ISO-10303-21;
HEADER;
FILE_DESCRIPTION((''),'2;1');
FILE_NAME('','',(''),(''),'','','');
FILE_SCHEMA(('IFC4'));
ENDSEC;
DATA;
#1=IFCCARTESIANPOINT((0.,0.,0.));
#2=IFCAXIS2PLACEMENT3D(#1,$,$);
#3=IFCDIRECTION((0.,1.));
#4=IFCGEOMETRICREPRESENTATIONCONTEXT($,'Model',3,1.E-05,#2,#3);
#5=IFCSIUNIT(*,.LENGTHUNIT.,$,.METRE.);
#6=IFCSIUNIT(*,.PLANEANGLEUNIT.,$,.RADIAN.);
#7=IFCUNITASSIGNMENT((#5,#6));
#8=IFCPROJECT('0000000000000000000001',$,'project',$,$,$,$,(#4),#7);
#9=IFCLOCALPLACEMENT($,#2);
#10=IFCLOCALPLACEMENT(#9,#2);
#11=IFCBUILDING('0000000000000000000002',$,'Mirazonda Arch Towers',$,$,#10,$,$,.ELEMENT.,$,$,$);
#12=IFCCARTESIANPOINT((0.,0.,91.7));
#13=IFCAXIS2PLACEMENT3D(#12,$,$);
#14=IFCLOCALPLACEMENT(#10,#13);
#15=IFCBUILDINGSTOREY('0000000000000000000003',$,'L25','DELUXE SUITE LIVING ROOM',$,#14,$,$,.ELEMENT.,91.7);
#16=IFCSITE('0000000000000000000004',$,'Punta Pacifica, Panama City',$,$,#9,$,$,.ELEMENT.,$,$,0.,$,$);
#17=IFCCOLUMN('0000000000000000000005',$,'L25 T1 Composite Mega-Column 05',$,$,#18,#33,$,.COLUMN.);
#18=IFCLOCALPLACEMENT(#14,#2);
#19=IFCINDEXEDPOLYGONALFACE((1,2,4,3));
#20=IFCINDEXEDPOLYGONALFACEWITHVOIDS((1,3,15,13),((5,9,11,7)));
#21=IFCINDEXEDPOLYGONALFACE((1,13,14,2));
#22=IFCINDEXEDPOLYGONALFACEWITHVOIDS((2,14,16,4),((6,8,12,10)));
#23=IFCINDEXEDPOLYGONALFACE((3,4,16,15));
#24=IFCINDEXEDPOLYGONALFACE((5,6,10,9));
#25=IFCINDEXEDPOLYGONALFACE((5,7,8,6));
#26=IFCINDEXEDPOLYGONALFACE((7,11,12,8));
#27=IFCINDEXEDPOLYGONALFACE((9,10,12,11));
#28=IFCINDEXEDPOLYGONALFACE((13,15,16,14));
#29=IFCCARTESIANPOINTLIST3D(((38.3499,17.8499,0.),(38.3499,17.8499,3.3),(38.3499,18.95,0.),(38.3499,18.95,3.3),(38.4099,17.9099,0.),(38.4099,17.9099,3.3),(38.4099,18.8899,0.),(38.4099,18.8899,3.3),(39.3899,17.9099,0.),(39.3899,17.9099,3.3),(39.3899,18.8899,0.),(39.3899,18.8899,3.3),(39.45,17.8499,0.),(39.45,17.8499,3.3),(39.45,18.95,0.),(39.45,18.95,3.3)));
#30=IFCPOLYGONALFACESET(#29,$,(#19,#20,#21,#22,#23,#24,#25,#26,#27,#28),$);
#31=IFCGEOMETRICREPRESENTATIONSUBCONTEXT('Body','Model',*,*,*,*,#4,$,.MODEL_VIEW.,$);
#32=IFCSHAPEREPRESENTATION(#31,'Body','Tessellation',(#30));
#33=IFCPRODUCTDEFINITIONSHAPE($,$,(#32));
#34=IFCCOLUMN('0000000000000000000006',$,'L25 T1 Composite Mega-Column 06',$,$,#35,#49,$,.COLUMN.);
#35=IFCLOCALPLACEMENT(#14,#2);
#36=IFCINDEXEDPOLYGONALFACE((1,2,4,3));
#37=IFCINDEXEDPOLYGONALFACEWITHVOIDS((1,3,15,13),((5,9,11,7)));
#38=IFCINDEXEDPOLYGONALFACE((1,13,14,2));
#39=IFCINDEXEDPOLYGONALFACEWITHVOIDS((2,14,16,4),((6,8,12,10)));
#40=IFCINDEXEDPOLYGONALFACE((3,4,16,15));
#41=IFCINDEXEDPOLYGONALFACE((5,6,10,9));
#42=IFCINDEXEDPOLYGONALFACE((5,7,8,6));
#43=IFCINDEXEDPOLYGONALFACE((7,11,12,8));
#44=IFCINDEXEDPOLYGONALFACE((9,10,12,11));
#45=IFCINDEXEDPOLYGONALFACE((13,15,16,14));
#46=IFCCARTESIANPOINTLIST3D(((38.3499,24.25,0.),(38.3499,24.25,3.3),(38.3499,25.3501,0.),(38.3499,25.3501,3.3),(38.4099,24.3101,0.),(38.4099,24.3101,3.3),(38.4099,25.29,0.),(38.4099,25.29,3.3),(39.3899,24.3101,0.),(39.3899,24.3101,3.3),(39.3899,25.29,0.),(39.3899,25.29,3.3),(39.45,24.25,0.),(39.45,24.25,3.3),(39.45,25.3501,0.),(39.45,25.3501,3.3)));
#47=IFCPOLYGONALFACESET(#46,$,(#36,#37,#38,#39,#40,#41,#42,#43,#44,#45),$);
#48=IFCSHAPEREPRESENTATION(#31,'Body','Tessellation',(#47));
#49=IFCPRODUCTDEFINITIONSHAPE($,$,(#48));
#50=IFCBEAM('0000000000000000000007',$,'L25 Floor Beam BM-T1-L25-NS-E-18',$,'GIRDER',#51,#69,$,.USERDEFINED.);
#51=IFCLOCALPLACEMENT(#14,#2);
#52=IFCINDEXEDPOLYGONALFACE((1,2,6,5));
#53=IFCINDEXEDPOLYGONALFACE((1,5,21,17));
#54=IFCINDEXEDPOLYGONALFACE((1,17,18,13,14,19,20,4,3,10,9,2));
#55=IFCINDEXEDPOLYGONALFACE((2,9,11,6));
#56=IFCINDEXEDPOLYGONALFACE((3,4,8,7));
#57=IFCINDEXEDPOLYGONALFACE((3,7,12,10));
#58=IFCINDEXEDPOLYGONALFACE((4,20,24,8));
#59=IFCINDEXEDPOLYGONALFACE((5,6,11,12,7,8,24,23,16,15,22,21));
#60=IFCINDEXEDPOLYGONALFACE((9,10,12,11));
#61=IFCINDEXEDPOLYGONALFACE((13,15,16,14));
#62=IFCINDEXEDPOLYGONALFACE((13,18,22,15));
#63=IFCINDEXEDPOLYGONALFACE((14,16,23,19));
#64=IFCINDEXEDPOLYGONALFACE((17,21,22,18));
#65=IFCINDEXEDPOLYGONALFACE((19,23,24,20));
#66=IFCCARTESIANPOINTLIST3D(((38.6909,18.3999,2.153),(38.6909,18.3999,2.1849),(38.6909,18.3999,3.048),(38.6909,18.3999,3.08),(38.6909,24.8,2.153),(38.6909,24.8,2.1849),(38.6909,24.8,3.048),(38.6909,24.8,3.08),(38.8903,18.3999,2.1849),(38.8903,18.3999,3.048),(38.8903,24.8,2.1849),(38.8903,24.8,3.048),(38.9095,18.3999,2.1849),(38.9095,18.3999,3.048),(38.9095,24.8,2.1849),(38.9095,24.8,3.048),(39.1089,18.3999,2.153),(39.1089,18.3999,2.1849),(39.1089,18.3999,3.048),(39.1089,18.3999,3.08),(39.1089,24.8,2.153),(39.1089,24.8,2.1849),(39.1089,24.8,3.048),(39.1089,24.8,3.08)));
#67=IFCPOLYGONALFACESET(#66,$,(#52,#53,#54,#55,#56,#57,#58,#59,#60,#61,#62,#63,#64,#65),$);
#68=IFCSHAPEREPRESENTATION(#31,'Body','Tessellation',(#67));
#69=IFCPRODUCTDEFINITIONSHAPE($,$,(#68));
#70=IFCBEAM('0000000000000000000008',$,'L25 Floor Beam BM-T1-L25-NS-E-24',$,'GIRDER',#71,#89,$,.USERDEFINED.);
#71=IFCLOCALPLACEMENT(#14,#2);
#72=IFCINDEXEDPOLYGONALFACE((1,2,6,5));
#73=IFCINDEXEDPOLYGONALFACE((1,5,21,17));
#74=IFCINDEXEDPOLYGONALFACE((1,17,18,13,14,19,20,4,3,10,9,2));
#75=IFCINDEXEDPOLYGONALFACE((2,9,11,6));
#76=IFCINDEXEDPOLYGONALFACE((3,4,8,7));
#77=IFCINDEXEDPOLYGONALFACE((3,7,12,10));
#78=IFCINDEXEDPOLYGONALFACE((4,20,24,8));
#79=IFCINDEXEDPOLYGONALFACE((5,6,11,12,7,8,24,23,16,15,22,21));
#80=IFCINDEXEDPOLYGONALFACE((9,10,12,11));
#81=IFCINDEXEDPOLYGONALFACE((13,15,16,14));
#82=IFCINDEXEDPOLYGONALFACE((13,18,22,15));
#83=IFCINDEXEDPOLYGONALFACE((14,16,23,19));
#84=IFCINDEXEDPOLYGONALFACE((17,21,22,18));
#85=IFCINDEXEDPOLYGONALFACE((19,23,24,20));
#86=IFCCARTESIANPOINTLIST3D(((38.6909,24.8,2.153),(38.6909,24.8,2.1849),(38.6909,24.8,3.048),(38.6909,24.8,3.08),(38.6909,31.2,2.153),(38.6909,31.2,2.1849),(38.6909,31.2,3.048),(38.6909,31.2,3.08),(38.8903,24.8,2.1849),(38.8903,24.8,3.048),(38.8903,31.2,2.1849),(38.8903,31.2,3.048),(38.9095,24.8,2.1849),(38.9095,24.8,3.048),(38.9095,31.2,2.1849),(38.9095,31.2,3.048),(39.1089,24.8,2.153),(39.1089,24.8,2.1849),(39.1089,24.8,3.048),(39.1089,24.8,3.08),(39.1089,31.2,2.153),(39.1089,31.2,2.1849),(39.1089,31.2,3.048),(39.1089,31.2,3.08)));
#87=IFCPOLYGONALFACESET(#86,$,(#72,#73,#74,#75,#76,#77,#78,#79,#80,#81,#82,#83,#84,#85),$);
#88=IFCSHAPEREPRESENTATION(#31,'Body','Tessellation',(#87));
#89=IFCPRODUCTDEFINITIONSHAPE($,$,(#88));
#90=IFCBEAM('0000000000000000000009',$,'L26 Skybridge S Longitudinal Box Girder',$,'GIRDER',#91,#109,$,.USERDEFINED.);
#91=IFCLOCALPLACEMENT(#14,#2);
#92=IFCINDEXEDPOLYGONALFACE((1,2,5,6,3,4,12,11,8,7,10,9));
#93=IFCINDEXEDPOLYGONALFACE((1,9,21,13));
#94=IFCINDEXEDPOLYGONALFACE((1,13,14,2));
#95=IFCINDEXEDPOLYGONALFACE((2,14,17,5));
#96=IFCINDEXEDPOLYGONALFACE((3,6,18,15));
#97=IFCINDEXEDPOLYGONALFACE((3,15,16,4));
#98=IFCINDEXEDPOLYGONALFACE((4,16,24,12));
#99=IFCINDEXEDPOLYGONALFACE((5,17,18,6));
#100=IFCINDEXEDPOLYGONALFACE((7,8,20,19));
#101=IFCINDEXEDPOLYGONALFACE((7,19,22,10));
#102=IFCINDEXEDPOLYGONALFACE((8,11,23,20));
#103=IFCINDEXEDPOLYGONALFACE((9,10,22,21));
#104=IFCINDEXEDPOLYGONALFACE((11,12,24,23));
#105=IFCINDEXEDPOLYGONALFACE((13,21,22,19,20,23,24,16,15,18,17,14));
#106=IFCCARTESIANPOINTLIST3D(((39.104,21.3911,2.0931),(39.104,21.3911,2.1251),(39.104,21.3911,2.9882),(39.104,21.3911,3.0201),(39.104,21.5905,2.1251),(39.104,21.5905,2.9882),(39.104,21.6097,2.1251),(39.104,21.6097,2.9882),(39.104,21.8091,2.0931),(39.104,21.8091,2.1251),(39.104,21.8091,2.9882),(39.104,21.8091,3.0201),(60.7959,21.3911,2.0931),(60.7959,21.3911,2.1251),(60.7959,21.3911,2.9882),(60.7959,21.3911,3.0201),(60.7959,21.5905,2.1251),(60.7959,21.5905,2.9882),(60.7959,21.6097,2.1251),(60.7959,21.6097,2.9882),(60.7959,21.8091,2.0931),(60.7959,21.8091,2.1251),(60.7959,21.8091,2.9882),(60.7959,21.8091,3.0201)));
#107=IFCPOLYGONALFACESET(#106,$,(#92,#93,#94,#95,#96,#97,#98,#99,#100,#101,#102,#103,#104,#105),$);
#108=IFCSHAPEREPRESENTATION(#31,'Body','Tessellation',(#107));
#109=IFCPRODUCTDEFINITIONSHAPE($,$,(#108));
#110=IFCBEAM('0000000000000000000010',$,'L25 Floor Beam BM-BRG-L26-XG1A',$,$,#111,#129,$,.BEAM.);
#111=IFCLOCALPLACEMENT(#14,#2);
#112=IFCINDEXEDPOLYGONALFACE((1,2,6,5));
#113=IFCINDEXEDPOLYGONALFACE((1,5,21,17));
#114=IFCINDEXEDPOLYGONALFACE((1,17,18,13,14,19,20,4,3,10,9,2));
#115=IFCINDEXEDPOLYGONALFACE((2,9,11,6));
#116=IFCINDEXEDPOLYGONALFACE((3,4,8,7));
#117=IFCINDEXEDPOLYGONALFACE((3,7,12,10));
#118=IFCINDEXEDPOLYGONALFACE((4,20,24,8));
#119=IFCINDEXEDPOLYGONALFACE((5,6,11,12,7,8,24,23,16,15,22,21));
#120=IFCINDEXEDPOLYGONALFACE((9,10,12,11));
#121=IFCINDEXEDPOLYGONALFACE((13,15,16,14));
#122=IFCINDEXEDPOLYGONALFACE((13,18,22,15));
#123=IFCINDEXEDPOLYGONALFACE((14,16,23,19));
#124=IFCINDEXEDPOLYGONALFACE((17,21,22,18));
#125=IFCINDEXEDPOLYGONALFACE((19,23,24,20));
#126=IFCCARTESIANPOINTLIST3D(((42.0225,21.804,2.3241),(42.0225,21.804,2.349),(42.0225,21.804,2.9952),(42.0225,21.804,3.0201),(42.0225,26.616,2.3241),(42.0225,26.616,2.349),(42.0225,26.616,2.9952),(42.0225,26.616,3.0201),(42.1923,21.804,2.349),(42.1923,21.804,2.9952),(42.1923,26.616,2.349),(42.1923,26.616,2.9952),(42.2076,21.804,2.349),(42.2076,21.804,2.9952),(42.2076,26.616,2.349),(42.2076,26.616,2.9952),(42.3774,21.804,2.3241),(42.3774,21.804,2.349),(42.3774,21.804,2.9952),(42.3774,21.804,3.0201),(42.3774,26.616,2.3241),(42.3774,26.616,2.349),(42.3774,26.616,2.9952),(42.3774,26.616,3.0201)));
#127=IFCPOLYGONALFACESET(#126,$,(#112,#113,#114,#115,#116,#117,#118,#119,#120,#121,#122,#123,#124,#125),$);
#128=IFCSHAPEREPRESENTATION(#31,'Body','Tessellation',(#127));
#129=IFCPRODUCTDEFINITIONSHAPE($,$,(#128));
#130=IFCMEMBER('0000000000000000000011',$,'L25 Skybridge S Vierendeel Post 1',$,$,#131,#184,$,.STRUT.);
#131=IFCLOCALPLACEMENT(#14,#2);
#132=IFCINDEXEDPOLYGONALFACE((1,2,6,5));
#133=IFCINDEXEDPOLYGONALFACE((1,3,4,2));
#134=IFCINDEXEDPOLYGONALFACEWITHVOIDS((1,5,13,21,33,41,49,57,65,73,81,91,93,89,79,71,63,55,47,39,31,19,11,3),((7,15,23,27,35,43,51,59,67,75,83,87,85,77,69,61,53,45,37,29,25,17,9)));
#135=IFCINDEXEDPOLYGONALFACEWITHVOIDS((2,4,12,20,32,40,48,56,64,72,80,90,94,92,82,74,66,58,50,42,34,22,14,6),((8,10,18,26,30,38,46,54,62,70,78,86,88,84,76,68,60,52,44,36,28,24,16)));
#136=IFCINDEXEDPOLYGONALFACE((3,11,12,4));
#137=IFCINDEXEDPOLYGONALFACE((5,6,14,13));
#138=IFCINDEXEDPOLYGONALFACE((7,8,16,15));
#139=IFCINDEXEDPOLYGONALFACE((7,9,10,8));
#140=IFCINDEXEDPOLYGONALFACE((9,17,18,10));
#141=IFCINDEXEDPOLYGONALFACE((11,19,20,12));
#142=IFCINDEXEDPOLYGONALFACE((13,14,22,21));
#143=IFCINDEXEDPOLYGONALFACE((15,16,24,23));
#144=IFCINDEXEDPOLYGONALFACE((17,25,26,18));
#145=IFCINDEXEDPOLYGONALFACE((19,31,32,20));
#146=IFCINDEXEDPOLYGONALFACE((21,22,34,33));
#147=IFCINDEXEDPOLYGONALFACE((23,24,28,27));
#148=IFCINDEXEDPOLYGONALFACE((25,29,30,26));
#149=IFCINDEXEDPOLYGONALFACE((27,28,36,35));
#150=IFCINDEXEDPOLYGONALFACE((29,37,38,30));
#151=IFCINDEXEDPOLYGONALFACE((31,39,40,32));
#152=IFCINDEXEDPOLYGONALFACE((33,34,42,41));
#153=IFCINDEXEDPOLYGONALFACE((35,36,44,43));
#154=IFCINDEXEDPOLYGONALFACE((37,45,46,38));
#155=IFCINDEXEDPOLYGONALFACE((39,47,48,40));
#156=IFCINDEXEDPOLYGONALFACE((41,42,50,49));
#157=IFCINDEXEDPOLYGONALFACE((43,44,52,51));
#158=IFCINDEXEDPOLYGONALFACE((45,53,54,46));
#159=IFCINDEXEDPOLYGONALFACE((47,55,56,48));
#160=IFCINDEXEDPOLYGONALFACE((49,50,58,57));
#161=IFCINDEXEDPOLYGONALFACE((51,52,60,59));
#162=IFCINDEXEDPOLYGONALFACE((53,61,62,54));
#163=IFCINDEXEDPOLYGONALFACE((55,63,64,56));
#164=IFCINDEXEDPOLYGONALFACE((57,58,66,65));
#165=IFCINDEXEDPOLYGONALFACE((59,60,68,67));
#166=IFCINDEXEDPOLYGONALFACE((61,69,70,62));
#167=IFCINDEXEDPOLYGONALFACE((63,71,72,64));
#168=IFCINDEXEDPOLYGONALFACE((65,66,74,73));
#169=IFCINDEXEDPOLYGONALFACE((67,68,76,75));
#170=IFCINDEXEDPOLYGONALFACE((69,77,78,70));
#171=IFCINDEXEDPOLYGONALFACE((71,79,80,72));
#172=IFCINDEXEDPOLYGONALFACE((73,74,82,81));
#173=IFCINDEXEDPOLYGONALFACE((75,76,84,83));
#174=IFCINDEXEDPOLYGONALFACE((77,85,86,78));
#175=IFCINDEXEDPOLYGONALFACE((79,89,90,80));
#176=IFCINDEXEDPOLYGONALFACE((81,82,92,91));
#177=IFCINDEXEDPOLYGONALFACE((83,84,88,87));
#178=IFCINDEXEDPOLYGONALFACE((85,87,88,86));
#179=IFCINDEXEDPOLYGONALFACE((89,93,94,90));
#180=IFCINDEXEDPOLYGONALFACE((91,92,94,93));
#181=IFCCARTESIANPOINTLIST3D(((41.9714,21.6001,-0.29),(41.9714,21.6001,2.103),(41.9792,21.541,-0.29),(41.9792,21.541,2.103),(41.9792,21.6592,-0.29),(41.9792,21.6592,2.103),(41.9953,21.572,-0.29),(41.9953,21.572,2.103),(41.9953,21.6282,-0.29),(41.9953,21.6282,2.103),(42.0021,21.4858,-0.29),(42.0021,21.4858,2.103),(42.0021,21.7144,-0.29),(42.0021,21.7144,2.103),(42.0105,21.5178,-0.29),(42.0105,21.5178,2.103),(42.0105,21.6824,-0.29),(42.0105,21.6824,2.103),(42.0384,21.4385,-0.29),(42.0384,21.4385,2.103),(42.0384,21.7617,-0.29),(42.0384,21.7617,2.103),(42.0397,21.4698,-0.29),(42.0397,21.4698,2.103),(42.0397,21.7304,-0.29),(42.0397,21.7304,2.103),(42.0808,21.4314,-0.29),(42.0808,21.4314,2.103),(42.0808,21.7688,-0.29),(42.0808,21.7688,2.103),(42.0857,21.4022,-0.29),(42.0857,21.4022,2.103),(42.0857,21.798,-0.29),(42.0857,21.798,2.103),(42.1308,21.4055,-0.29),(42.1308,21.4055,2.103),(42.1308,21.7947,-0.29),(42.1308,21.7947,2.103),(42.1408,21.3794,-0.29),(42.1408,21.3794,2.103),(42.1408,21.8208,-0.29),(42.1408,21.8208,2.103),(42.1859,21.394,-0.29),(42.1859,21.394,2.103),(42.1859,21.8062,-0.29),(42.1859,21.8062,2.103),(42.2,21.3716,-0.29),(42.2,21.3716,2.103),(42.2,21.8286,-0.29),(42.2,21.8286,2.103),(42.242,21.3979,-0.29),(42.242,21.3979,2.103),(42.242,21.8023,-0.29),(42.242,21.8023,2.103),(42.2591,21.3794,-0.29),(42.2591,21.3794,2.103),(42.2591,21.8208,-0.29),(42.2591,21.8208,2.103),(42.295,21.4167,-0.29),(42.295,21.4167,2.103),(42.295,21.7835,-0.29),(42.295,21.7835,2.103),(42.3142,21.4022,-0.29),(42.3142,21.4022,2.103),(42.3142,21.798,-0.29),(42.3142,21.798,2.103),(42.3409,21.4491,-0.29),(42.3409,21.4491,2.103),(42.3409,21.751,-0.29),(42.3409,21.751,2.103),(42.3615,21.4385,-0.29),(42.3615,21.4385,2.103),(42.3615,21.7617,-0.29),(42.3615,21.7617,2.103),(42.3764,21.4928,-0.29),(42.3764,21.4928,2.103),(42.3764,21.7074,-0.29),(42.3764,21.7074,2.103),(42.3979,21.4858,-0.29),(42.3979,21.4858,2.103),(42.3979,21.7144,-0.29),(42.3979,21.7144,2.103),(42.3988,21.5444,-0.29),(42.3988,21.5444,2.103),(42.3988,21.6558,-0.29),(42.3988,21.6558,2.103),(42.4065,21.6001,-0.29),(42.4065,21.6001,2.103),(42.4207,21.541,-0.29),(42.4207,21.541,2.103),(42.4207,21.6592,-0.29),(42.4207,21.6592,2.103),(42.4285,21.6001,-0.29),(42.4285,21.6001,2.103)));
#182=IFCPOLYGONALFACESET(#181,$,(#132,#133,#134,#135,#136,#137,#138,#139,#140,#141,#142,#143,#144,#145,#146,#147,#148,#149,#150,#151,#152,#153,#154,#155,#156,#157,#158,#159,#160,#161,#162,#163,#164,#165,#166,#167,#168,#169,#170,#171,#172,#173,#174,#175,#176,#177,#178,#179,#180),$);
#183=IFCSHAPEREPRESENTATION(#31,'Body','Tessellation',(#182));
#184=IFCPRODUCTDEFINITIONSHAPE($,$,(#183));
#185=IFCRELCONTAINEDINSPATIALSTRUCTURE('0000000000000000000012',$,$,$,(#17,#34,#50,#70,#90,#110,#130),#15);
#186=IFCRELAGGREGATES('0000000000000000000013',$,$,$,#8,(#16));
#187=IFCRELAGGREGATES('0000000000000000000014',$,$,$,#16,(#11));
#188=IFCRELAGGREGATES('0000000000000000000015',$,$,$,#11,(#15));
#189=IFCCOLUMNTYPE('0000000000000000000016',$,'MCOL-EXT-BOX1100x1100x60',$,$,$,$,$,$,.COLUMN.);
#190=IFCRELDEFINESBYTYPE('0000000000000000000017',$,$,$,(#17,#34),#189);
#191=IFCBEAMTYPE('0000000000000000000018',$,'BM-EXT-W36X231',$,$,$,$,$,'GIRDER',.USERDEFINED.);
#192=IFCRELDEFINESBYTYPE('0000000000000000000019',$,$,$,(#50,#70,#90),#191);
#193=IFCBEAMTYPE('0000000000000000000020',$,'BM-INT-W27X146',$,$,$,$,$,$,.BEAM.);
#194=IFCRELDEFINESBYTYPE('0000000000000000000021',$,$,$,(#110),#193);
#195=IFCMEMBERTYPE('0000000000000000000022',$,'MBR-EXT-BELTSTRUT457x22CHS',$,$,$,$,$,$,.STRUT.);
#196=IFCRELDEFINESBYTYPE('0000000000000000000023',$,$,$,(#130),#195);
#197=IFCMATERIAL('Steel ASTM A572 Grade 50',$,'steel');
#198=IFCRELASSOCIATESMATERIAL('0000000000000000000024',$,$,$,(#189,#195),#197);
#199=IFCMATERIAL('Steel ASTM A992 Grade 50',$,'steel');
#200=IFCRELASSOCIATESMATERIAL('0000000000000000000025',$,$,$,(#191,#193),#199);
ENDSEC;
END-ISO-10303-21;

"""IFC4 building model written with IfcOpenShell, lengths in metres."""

from ifc_helpers import new_model, si_unit, direction, frame, origin, origin_2d, place, context, subcontext, project, spatial, hollow_rectangle, hollow_circle, i_section, extrude, material, material_profile, profile_set, type_object, element, save


model = new_model("IFC4")

# Units and contexts
model_context = context("Model", 3, precision=1e-05, world=origin(), true_north=direction((0.0, 1.0)))
body_context = subcontext(model_context, "Body", "Model", "MODEL_VIEW")
ifc_project = project(units=[si_unit("LENGTHUNIT", "METRE"), si_unit("PLANEANGLEUNIT", "RADIAN")], contexts=[model_context])

# Site, building, storey
site_placement = place(None, origin())
site = spatial("IfcSite", under=ifc_project, at=site_placement, Name="Punta Pacifica, Panama City", CompositionType="ELEMENT", RefElevation=0.0)
building_placement = place(site_placement, origin())
building = spatial("IfcBuilding", under=site, at=building_placement, Name="Mirazonda Arch Towers", CompositionType="ELEMENT")
storey_placement = place(building_placement, frame((0.0, 0.0, 91.7)))
storey = spatial("IfcBuildingStorey", under=building, at=storey_placement, Name="L25", Description="DELUXE SUITE LIVING ROOM", CompositionType="ELEMENT", Elevation=91.7)

# Columns
ifc_material_1 = material(Name="Steel ASTM A572 Grade 50", Category="steel")
ifc_material_profile_1 = material_profile(ifc_material_1, hollow_rectangle(XDim=1.1001, YDim=1.1001, WallThickness=0.0601, at=origin_2d()), Name="BOX1100x1100x60")
ifc_profile_set_1 = profile_set([ifc_material_profile_1], Name="Steel ASTM A572 Grade 50")
column_type = type_object("IfcColumnType", Name="MCOL-EXT-BOX1100x1100x60", PredefinedType="COLUMN", material=ifc_profile_set_1)
for number, where, z_axis, x_axis, name in (
    (1, (38.8999, 18.3999, 0.0), (0.0, 0.0, 1.0), (1.0, 0.0, 0.0), "L25 T1 Composite Mega-Column 05"),
    (2, (38.8999, 24.8, 0.0), (0.0, 0.0, 1.0), (1.0, 0.0, 0.0), "L25 T1 Composite Mega-Column 06"),
):
    element("IfcColumn", number, at=place(storey_placement, frame(where, z_axis=z_axis, x_axis=x_axis)), inside=storey, type_object=column_type, Name=name, PredefinedType="COLUMN", context=body_context, shape_type="SweptSolid", body=[
        extrude(hollow_rectangle(XDim=1.1001, YDim=1.1001, WallThickness=0.0601, at=origin_2d()), origin(), (0.0, 0.0, 1.0), 3.3),
    ])

# Beams
ifc_material_2 = material(Name="Steel ASTM A992 Grade 50", Category="steel")
ifc_material_profile_2 = material_profile(ifc_material_2, i_section(OverallWidth=0.418, OverallDepth=0.927, WebThickness=0.0193, FlangeThickness=0.032, at=origin_2d()), Name="W36X231")
ifc_profile_set_2 = profile_set([ifc_material_profile_2], Name="Steel ASTM A992 Grade 50")
beam_type_1 = type_object("IfcBeamType", Name="BM-EXT-W36X231", ElementType="GIRDER", PredefinedType="USERDEFINED", material=ifc_profile_set_2)
beam_1_placement = place(storey_placement, frame((38.8999, 18.3999, 2.6165), z_axis=(0.0, 1.0, 0.0), x_axis=(-1.0, 0.0, 0.0)))
element("IfcBeam", 3, at=beam_1_placement, inside=storey, type_object=beam_type_1, Name="L25 Floor Beam BM-T1-L25-NS-E-18", ObjectType="GIRDER", PredefinedType="USERDEFINED", context=body_context, shape_type="SweptSolid", body=[
    extrude(i_section(OverallWidth=0.418, OverallDepth=0.927, WebThickness=0.0193, FlangeThickness=0.032, at=origin_2d()), origin(), (0.0, 0.0, 1.0), 6.4001),
])
beam_2_placement = place(storey_placement, frame((38.8999, 24.8, 2.6165), z_axis=(0.0, 1.0, 0.0), x_axis=(-1.0, 0.0, 0.0)))
element("IfcBeam", 4, at=beam_2_placement, inside=storey, type_object=beam_type_1, Name="L25 Floor Beam BM-T1-L25-NS-E-24", ObjectType="GIRDER", PredefinedType="USERDEFINED", context=body_context, shape_type="SweptSolid", body=[
    extrude(i_section(OverallWidth=0.418, OverallDepth=0.927, WebThickness=0.0193, FlangeThickness=0.032, at=origin_2d()), origin(), (0.0, 0.0, 1.0), 6.3999),
])
beam_3_placement = place(storey_placement, frame((39.104, 21.6001, 2.5566), z_axis=(1.0, 0.0, 0.0), x_axis=(0.0, 1.0, 0.0)))
element("IfcBeam", 5, at=beam_3_placement, inside=storey, type_object=beam_type_1, Name="L26 Skybridge S Longitudinal Box Girder", ObjectType="GIRDER", PredefinedType="USERDEFINED", context=body_context, shape_type="SweptSolid", body=[
    extrude(i_section(OverallWidth=0.418, OverallDepth=0.927, WebThickness=0.0193, FlangeThickness=0.032, at=origin_2d()), origin(), (0.0, 0.0, 1.0), 21.6919),
])
ifc_material_profile_3 = material_profile(ifc_material_2, i_section(OverallWidth=0.355, OverallDepth=0.696, WebThickness=0.0154, FlangeThickness=0.0249, at=origin_2d()), Name="W27X146")
ifc_profile_set_3 = profile_set([ifc_material_profile_3], Name="Steel ASTM A992 Grade 50")
beam_type_2 = type_object("IfcBeamType", Name="BM-INT-W27X146", PredefinedType="BEAM", material=ifc_profile_set_3)
beam_4_placement = place(storey_placement, frame((42.2, 21.804, 2.6721), z_axis=(0.0, 1.0, 0.0), x_axis=(-1.0, 0.0, 0.0)))
element("IfcBeam", 6, at=beam_4_placement, inside=storey, type_object=beam_type_2, Name="L25 Floor Beam BM-BRG-L26-XG1A", PredefinedType="BEAM", context=body_context, shape_type="SweptSolid", body=[
    extrude(i_section(OverallWidth=0.355, OverallDepth=0.696, WebThickness=0.0154, FlangeThickness=0.0249, at=origin_2d()), origin(), (0.0, 0.0, 1.0), 4.812),
])

# Member
ifc_material_profile_4 = material_profile(ifc_material_1, hollow_circle(Radius=0.2285, WallThickness=0.022, at=origin_2d()), Name="BELTSTRUT457x22CHS")
ifc_profile_set_4 = profile_set([ifc_material_profile_4], Name="Steel ASTM A572 Grade 50")
member_type_1 = type_object("IfcMemberType", Name="MBR-EXT-BELTSTRUT457x22CHS", PredefinedType="STRUT", material=ifc_profile_set_4)
member_1_placement = place(storey_placement, frame((42.2, 21.6001, -0.29), z_axis=(0.0, 0.0, 1.0), x_axis=(1.0, 0.0, 0.0)))
element("IfcMember", 7, at=member_1_placement, inside=storey, type_object=member_type_1, Name="L25 Skybridge S Vierendeel Post 1", PredefinedType="STRUT", context=body_context, shape_type="SweptSolid", body=[
    extrude(hollow_circle(Radius=0.2285, WallThickness=0.022, at=origin_2d()), origin(), (0.0, 0.0, 1.0), 2.3931),
])

save(model, "model.ifc")
